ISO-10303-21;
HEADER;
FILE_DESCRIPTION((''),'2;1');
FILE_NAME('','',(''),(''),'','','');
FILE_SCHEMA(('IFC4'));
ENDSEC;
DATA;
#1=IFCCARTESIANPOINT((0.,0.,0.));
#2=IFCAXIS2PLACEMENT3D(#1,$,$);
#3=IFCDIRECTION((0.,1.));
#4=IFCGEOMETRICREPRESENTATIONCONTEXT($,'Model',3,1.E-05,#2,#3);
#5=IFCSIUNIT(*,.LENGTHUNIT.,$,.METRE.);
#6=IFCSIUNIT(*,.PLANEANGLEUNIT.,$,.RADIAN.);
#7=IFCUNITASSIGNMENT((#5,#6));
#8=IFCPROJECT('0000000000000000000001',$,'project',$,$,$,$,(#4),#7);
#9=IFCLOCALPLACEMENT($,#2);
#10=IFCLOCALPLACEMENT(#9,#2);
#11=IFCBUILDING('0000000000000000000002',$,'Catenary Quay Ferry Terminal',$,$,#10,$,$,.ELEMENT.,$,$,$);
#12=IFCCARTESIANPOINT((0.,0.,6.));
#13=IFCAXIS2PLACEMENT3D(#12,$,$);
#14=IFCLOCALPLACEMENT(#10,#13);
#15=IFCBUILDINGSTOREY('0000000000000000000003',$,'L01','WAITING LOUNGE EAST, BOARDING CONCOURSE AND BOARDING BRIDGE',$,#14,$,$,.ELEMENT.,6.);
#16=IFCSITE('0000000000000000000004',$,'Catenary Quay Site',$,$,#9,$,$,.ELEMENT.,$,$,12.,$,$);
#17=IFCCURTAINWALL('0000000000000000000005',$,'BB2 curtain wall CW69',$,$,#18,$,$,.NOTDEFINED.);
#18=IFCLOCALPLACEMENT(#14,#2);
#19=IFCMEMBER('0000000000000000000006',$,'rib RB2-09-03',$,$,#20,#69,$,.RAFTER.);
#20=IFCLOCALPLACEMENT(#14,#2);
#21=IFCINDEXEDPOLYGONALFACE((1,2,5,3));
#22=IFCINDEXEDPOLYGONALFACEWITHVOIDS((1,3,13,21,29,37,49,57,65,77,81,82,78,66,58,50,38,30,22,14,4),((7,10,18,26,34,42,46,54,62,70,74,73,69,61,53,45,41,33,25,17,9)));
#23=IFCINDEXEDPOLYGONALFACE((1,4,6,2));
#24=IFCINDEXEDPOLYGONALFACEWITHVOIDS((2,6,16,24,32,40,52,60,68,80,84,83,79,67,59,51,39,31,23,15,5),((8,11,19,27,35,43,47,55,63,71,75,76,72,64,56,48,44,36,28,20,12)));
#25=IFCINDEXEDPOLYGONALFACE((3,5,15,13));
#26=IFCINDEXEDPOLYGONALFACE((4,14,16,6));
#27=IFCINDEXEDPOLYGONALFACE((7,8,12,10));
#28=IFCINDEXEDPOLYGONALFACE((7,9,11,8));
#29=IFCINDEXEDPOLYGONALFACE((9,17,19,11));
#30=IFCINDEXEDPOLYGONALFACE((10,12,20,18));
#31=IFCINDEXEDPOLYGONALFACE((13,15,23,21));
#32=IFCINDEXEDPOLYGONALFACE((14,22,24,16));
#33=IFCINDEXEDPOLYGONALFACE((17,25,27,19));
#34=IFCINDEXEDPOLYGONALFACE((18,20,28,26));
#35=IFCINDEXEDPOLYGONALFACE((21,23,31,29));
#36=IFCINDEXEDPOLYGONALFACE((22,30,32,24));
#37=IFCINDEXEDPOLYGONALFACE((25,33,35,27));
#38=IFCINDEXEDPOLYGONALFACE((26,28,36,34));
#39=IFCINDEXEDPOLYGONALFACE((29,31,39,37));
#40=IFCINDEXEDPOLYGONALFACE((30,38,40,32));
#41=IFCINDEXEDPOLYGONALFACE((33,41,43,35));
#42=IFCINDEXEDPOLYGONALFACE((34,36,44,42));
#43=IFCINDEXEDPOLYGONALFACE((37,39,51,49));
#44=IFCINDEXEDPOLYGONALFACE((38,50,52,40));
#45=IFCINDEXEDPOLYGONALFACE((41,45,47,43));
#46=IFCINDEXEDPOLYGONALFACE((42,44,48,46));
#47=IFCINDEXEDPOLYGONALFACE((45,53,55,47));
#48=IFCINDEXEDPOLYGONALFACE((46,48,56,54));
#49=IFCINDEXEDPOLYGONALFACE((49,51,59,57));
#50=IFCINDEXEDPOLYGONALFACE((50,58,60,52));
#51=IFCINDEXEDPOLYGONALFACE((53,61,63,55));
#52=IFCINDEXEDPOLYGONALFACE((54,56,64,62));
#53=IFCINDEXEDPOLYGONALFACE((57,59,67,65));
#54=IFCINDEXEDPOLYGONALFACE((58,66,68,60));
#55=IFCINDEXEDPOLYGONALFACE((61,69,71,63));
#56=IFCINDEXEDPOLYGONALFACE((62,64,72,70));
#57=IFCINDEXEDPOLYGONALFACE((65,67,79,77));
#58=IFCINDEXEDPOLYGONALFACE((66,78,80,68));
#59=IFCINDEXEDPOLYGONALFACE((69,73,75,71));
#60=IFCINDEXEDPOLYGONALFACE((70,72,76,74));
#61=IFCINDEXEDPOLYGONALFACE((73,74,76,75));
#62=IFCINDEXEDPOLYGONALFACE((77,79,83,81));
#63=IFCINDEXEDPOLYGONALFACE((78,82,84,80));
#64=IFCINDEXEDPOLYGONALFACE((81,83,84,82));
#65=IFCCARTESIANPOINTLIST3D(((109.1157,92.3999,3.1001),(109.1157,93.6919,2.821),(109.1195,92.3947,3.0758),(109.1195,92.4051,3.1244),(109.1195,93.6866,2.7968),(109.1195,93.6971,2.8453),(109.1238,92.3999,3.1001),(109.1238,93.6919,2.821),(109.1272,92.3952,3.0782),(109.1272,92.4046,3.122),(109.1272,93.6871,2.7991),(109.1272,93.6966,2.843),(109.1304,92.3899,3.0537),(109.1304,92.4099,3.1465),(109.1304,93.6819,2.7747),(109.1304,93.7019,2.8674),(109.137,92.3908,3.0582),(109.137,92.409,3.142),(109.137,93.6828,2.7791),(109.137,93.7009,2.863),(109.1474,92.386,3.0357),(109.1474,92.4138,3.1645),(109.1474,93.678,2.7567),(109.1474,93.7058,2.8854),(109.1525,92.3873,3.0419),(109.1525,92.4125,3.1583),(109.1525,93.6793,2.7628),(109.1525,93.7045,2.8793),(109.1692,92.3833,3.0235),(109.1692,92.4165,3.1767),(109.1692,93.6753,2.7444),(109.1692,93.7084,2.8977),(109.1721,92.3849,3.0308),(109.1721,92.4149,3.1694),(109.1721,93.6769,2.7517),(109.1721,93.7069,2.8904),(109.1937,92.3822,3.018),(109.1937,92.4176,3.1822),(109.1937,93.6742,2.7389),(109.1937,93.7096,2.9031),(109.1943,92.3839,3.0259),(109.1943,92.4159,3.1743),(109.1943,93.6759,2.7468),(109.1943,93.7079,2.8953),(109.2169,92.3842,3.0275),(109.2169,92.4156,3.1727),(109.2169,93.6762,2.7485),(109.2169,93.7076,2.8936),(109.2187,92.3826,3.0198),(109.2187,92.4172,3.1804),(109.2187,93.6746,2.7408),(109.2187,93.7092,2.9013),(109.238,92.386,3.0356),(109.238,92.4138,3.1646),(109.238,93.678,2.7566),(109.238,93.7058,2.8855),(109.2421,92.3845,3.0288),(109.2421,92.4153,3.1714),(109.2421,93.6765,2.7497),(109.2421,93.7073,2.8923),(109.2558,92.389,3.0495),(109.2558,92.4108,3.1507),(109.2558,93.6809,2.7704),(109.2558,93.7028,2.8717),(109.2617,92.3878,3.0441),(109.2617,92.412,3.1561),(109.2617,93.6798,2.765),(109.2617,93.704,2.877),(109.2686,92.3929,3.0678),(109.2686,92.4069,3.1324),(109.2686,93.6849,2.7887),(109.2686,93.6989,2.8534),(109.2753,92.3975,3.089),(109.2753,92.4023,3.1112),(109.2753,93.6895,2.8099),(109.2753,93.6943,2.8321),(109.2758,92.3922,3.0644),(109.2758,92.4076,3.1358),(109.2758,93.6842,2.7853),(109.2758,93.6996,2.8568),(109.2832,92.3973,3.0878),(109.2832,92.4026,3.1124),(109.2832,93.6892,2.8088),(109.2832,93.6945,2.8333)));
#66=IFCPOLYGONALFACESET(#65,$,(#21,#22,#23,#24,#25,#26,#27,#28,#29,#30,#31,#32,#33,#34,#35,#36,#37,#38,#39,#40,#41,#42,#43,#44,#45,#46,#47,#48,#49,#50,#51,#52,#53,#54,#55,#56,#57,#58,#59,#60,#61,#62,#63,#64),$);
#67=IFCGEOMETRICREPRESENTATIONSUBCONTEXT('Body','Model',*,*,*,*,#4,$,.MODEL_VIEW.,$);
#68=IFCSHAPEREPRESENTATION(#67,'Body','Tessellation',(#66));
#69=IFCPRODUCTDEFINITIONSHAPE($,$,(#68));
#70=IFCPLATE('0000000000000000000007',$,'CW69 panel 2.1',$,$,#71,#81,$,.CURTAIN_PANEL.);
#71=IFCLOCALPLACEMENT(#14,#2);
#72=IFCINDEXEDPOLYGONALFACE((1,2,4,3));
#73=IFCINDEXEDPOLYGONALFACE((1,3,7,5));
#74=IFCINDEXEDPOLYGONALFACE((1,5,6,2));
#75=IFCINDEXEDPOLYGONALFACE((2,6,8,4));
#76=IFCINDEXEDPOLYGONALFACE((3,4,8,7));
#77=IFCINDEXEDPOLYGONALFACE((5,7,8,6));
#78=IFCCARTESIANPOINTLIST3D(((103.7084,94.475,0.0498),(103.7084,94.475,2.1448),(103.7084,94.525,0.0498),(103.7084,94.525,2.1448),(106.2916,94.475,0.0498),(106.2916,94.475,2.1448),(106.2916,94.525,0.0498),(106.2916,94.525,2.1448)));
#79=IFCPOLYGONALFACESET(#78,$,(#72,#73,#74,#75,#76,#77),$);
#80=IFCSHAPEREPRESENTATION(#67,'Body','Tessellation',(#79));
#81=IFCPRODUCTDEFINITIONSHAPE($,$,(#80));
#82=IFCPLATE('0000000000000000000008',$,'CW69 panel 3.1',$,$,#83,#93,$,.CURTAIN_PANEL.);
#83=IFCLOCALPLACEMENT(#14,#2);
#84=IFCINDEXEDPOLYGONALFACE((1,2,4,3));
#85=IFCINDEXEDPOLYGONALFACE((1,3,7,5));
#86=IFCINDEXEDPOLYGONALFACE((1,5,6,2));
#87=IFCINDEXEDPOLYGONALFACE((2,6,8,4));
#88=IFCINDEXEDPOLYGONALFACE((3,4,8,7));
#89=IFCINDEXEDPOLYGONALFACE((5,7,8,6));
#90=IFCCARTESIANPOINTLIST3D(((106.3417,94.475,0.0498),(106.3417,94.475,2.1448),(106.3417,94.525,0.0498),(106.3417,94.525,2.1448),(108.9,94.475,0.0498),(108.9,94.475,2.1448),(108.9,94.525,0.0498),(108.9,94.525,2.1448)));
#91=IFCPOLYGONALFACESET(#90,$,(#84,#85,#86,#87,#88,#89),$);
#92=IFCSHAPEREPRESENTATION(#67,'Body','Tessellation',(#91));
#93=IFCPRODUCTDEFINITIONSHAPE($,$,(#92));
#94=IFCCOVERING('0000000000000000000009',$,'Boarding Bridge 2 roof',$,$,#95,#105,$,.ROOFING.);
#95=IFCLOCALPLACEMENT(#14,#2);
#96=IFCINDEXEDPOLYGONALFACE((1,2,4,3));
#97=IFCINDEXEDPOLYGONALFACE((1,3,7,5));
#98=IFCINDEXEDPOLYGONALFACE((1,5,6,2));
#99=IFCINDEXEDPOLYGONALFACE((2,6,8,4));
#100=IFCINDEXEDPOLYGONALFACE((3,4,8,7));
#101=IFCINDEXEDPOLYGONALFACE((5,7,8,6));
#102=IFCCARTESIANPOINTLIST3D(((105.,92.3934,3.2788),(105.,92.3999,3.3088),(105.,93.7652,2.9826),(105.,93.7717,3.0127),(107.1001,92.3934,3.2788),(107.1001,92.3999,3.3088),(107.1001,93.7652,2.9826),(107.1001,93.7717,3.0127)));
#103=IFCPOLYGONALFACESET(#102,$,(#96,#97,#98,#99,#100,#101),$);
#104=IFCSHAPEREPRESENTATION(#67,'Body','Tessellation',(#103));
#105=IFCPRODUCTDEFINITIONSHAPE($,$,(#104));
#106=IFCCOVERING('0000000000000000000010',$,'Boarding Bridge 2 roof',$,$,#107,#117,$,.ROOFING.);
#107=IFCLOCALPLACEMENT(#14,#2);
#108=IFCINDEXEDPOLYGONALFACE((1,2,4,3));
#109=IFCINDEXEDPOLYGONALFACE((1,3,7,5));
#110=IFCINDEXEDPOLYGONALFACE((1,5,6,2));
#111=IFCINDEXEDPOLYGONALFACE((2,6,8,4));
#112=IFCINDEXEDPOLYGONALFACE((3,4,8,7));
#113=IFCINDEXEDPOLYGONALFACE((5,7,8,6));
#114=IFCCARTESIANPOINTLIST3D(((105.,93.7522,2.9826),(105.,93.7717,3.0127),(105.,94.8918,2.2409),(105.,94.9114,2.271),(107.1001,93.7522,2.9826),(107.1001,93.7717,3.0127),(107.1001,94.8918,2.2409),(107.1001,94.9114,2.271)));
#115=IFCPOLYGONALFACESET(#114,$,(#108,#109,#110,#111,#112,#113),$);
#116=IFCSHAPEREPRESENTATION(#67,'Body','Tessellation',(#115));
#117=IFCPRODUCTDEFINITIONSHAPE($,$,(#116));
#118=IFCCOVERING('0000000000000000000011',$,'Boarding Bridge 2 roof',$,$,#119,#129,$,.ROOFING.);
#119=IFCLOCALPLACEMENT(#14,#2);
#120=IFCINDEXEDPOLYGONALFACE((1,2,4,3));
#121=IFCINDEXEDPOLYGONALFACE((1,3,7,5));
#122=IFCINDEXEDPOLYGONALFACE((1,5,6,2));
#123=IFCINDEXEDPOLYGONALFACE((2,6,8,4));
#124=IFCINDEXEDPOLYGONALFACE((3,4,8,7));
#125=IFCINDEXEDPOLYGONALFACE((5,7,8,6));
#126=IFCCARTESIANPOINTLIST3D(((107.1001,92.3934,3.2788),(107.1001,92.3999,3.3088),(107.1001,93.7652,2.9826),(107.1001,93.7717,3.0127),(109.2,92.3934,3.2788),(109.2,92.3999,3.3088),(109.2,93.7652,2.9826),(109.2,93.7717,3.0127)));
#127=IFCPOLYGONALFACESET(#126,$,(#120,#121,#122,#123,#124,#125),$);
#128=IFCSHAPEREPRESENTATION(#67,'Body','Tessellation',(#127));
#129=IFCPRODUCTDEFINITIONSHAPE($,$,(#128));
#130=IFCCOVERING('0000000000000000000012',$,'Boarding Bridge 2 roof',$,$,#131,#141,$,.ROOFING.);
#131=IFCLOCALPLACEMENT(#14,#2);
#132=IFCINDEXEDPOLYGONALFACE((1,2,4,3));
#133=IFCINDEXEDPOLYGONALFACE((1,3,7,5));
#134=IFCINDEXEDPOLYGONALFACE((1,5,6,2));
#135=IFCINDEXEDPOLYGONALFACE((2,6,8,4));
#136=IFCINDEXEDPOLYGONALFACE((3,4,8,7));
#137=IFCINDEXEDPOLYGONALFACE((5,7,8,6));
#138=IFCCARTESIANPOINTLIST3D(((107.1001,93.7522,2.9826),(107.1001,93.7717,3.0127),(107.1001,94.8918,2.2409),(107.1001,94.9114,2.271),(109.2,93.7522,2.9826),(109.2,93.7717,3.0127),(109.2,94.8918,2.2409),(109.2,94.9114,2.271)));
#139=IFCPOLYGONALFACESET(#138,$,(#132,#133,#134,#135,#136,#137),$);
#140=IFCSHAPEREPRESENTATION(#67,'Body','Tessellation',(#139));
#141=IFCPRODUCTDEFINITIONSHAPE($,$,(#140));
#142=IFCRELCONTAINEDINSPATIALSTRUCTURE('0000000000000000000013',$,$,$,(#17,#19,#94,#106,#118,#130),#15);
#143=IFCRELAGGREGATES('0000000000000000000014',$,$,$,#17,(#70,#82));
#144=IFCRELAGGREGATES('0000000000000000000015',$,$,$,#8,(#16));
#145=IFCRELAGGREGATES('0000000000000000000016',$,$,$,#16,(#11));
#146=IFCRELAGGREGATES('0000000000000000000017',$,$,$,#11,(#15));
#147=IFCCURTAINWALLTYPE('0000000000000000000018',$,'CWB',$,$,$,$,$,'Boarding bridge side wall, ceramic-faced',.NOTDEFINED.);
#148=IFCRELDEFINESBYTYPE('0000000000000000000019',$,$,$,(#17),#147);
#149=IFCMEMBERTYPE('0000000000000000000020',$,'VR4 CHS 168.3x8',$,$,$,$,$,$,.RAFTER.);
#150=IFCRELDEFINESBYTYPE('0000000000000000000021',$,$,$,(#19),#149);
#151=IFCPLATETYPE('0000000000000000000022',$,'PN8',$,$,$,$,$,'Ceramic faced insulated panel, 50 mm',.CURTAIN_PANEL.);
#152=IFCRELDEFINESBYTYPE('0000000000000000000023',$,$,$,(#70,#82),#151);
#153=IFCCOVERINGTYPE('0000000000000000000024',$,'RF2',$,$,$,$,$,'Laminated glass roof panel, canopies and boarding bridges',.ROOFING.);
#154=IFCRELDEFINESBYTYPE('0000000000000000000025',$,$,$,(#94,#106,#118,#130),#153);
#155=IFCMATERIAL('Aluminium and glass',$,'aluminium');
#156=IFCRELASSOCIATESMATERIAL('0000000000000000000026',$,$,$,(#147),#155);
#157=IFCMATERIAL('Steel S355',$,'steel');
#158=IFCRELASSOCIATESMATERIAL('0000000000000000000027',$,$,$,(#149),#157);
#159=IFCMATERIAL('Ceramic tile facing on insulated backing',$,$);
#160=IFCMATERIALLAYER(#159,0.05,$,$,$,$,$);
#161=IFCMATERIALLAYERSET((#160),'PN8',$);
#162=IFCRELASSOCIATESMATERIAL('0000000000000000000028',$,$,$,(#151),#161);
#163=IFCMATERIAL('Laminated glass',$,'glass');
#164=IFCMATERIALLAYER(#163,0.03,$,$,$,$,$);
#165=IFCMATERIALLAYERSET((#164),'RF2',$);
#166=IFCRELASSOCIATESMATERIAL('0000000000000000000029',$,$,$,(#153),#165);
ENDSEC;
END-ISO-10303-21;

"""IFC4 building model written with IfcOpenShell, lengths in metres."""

from ifc_helpers import new_model, si_unit, direction, frame, origin, origin_2d, place, context, subcontext, project, spatial, polyline, rectangle, hollow_circle, outline, extrude, material, layer, layer_set, material_profile, profile_set, type_object, element, aggregate, save


model = new_model("IFC4")

# Units and contexts
model_context = context("Model", 3, precision=1e-05, world=origin(), true_north=direction((0.0, 1.0)))
body_context = subcontext(model_context, "Body", "Model", "MODEL_VIEW")
ifc_project = project(units=[si_unit("LENGTHUNIT", "METRE"), si_unit("PLANEANGLEUNIT", "RADIAN")], contexts=[model_context])

# Site, building, storey
site_placement = place(None, origin())
site = spatial("IfcSite", under=ifc_project, at=site_placement, Name="Catenary Quay Site", CompositionType="ELEMENT", RefElevation=12.0)
building_placement = place(site_placement, origin())
building = spatial("IfcBuilding", under=site, at=building_placement, Name="Catenary Quay Ferry Terminal", CompositionType="ELEMENT")
storey_placement = place(building_placement, frame((0.0, 0.0, 6.0)))
storey = spatial("IfcBuildingStorey", under=building, at=storey_placement, Name="L01", Description="WAITING LOUNGE EAST, BOARDING CONCOURSE AND BOARDING BRIDGE", CompositionType="ELEMENT", Elevation=6.0)

# Curtain wall
ifc_material_1 = material(Name="Aluminium and glass", Category="aluminium")
curtain_wall_type = type_object("IfcCurtainWallType", Name="CWB", ElementType="Boarding bridge side wall, ceramic-faced", PredefinedType="NOTDEFINED", material=ifc_material_1)
curtain_wall_placement = place(storey_placement, origin())
curtain_wall = element("IfcCurtainWall", 1, at=curtain_wall_placement, inside=storey, type_object=curtain_wall_type, Name="BB2 curtain wall CW69", PredefinedType="NOTDEFINED")

# Member
ifc_material_2 = material(Name="Steel S355", Category="steel")
ifc_material_profile_1 = material_profile(ifc_material_2, hollow_circle(Radius=0.0842, WallThickness=0.0081, at=origin_2d()), Name="CHS 168.3x8")
ifc_profile_set_1 = profile_set([ifc_material_profile_1], Name="Steel S355")
member_type_1 = type_object("IfcMemberType", Name="VR4 CHS 168.3x8", PredefinedType="RAFTER", material=ifc_profile_set_1)
member_1_placement = place(storey_placement, frame((109.2, 92.3999, 3.1001), z_axis=(0.0, 0.977461, -0.211118), x_axis=(-1.0, 0.0, 0.0)))
element("IfcMember", 2, at=member_1_placement, inside=storey, type_object=member_type_1, Name="rib RB2-09-03", PredefinedType="RAFTER", context=body_context, shape_type="SweptSolid", body=[
    extrude(hollow_circle(Radius=0.0842, WallThickness=0.0081, at=origin_2d()), origin(), (0.0, 0.0, 1.0), 1.3218),
])

# Plates
ifc_material_3 = material(Name="Ceramic tile facing on insulated backing")
ifc_layer_1 = layer(ifc_material_3, 0.05)
ifc_layer_set_1 = layer_set([ifc_layer_1], Name="PN8")
plate_type = type_object("IfcPlateType", Name="PN8", ElementType="Ceramic faced insulated panel, 50 mm", PredefinedType="CURTAIN_PANEL", material=ifc_layer_set_1)
plate_1_placement = place(storey_placement, frame((105.0, 94.5, 0.0498), z_axis=(0.0, 0.0, 1.0), x_axis=(1.0, 0.0, 0.0)))
plate_1 = element("IfcPlate", 3, at=plate_1_placement, type_object=plate_type, Name="CW69 panel 2.1", PredefinedType="CURTAIN_PANEL", context=body_context, shape_type="SweptSolid", body=[
    extrude(rectangle(XDim=2.5833, YDim=0.05, at=origin_2d()), origin(), (0.0, 0.0, 1.0), 2.095),
])
plate_2_placement = place(storey_placement, frame((107.6208, 94.5, 0.0498), z_axis=(0.0, 0.0, 1.0), x_axis=(1.0, 0.0, 0.0)))
plate_2 = element("IfcPlate", 4, at=plate_2_placement, type_object=plate_type, Name="CW69 panel 3.1", PredefinedType="CURTAIN_PANEL", context=body_context, shape_type="SweptSolid", body=[
    extrude(rectangle(XDim=2.5583, YDim=0.05, at=origin_2d()), origin(), (0.0, 0.0, 1.0), 2.095),
])
aggregate(curtain_wall, [plate_1, plate_2])

# Coverings
ifc_material_4 = material(Name="Laminated glass", Category="glass")
ifc_layer_2 = layer(ifc_material_4, 0.03)
ifc_layer_set_2 = layer_set([ifc_layer_2], Name="RF2")
covering_type = type_object("IfcCoveringType", Name="RF2", ElementType="Laminated glass roof panel, canopies and boarding bridges", PredefinedType="ROOFING", material=ifc_layer_set_2)
covering_1_placement = place(storey_placement, frame((105.0, 92.3999, 3.3088), z_axis=(0.0, 0.211014, 0.977483), x_axis=(1.0, 0.0, 0.0)))
element("IfcCovering", 5, at=covering_1_placement, inside=storey, type_object=covering_type, Name="Boarding Bridge 2 roof", PredefinedType="ROOFING", context=body_context, shape_type="SweptSolid", body=[
    extrude(outline(polyline([(0.0, 0.0), (2.1001, 0.0), (2.1001, 1.4034), (0.0, 1.4034), (0.0, 0.0)])), origin(), (0.0, 0.0, -1.0), 0.0308),
])
covering_2_placement = place(storey_placement, frame((105.0, 93.7717, 3.0127), z_axis=(0.0, 0.545468, 0.838132), x_axis=(1.0, 0.0, 0.0)))
element("IfcCovering", 6, at=covering_2_placement, inside=storey, type_object=covering_type, Name="Boarding Bridge 2 roof", PredefinedType="ROOFING", context=body_context, shape_type="SweptSolid", body=[
    extrude(outline(polyline([(0.0, 0.0), (2.1001, 0.0), (2.1001, 1.3597), (0.0, 1.3597), (0.0, 0.0)])), origin(), (0.0, 0.0, -1.0), 0.0359),
])
covering_3_placement = place(storey_placement, frame((107.1001, 92.3999, 3.3088), z_axis=(0.0, 0.211014, 0.977483), x_axis=(1.0, 0.0, 0.0)))
element("IfcCovering", 7, at=covering_3_placement, inside=storey, type_object=covering_type, Name="Boarding Bridge 2 roof", PredefinedType="ROOFING", context=body_context, shape_type="SweptSolid", body=[
    extrude(outline(polyline([(0.0, 0.0), (2.0999, 0.0), (2.0999, 1.4034), (0.0, 1.4034), (0.0, 0.0)])), origin(), (0.0, 0.0, -1.0), 0.0308),
])
covering_4_placement = place(storey_placement, frame((107.1001, 93.7717, 3.0127), z_axis=(0.0, 0.545468, 0.838132), x_axis=(1.0, 0.0, 0.0)))
element("IfcCovering", 8, at=covering_4_placement, inside=storey, type_object=covering_type, Name="Boarding Bridge 2 roof", PredefinedType="ROOFING", context=body_context, shape_type="SweptSolid", body=[
    extrude(outline(polyline([(0.0, 0.0), (2.0999, 0.0), (2.0999, 1.3597), (0.0, 1.3597), (0.0, 0.0)])), origin(), (0.0, 0.0, -1.0), 0.0359),
])

save(model, "model.ifc")
